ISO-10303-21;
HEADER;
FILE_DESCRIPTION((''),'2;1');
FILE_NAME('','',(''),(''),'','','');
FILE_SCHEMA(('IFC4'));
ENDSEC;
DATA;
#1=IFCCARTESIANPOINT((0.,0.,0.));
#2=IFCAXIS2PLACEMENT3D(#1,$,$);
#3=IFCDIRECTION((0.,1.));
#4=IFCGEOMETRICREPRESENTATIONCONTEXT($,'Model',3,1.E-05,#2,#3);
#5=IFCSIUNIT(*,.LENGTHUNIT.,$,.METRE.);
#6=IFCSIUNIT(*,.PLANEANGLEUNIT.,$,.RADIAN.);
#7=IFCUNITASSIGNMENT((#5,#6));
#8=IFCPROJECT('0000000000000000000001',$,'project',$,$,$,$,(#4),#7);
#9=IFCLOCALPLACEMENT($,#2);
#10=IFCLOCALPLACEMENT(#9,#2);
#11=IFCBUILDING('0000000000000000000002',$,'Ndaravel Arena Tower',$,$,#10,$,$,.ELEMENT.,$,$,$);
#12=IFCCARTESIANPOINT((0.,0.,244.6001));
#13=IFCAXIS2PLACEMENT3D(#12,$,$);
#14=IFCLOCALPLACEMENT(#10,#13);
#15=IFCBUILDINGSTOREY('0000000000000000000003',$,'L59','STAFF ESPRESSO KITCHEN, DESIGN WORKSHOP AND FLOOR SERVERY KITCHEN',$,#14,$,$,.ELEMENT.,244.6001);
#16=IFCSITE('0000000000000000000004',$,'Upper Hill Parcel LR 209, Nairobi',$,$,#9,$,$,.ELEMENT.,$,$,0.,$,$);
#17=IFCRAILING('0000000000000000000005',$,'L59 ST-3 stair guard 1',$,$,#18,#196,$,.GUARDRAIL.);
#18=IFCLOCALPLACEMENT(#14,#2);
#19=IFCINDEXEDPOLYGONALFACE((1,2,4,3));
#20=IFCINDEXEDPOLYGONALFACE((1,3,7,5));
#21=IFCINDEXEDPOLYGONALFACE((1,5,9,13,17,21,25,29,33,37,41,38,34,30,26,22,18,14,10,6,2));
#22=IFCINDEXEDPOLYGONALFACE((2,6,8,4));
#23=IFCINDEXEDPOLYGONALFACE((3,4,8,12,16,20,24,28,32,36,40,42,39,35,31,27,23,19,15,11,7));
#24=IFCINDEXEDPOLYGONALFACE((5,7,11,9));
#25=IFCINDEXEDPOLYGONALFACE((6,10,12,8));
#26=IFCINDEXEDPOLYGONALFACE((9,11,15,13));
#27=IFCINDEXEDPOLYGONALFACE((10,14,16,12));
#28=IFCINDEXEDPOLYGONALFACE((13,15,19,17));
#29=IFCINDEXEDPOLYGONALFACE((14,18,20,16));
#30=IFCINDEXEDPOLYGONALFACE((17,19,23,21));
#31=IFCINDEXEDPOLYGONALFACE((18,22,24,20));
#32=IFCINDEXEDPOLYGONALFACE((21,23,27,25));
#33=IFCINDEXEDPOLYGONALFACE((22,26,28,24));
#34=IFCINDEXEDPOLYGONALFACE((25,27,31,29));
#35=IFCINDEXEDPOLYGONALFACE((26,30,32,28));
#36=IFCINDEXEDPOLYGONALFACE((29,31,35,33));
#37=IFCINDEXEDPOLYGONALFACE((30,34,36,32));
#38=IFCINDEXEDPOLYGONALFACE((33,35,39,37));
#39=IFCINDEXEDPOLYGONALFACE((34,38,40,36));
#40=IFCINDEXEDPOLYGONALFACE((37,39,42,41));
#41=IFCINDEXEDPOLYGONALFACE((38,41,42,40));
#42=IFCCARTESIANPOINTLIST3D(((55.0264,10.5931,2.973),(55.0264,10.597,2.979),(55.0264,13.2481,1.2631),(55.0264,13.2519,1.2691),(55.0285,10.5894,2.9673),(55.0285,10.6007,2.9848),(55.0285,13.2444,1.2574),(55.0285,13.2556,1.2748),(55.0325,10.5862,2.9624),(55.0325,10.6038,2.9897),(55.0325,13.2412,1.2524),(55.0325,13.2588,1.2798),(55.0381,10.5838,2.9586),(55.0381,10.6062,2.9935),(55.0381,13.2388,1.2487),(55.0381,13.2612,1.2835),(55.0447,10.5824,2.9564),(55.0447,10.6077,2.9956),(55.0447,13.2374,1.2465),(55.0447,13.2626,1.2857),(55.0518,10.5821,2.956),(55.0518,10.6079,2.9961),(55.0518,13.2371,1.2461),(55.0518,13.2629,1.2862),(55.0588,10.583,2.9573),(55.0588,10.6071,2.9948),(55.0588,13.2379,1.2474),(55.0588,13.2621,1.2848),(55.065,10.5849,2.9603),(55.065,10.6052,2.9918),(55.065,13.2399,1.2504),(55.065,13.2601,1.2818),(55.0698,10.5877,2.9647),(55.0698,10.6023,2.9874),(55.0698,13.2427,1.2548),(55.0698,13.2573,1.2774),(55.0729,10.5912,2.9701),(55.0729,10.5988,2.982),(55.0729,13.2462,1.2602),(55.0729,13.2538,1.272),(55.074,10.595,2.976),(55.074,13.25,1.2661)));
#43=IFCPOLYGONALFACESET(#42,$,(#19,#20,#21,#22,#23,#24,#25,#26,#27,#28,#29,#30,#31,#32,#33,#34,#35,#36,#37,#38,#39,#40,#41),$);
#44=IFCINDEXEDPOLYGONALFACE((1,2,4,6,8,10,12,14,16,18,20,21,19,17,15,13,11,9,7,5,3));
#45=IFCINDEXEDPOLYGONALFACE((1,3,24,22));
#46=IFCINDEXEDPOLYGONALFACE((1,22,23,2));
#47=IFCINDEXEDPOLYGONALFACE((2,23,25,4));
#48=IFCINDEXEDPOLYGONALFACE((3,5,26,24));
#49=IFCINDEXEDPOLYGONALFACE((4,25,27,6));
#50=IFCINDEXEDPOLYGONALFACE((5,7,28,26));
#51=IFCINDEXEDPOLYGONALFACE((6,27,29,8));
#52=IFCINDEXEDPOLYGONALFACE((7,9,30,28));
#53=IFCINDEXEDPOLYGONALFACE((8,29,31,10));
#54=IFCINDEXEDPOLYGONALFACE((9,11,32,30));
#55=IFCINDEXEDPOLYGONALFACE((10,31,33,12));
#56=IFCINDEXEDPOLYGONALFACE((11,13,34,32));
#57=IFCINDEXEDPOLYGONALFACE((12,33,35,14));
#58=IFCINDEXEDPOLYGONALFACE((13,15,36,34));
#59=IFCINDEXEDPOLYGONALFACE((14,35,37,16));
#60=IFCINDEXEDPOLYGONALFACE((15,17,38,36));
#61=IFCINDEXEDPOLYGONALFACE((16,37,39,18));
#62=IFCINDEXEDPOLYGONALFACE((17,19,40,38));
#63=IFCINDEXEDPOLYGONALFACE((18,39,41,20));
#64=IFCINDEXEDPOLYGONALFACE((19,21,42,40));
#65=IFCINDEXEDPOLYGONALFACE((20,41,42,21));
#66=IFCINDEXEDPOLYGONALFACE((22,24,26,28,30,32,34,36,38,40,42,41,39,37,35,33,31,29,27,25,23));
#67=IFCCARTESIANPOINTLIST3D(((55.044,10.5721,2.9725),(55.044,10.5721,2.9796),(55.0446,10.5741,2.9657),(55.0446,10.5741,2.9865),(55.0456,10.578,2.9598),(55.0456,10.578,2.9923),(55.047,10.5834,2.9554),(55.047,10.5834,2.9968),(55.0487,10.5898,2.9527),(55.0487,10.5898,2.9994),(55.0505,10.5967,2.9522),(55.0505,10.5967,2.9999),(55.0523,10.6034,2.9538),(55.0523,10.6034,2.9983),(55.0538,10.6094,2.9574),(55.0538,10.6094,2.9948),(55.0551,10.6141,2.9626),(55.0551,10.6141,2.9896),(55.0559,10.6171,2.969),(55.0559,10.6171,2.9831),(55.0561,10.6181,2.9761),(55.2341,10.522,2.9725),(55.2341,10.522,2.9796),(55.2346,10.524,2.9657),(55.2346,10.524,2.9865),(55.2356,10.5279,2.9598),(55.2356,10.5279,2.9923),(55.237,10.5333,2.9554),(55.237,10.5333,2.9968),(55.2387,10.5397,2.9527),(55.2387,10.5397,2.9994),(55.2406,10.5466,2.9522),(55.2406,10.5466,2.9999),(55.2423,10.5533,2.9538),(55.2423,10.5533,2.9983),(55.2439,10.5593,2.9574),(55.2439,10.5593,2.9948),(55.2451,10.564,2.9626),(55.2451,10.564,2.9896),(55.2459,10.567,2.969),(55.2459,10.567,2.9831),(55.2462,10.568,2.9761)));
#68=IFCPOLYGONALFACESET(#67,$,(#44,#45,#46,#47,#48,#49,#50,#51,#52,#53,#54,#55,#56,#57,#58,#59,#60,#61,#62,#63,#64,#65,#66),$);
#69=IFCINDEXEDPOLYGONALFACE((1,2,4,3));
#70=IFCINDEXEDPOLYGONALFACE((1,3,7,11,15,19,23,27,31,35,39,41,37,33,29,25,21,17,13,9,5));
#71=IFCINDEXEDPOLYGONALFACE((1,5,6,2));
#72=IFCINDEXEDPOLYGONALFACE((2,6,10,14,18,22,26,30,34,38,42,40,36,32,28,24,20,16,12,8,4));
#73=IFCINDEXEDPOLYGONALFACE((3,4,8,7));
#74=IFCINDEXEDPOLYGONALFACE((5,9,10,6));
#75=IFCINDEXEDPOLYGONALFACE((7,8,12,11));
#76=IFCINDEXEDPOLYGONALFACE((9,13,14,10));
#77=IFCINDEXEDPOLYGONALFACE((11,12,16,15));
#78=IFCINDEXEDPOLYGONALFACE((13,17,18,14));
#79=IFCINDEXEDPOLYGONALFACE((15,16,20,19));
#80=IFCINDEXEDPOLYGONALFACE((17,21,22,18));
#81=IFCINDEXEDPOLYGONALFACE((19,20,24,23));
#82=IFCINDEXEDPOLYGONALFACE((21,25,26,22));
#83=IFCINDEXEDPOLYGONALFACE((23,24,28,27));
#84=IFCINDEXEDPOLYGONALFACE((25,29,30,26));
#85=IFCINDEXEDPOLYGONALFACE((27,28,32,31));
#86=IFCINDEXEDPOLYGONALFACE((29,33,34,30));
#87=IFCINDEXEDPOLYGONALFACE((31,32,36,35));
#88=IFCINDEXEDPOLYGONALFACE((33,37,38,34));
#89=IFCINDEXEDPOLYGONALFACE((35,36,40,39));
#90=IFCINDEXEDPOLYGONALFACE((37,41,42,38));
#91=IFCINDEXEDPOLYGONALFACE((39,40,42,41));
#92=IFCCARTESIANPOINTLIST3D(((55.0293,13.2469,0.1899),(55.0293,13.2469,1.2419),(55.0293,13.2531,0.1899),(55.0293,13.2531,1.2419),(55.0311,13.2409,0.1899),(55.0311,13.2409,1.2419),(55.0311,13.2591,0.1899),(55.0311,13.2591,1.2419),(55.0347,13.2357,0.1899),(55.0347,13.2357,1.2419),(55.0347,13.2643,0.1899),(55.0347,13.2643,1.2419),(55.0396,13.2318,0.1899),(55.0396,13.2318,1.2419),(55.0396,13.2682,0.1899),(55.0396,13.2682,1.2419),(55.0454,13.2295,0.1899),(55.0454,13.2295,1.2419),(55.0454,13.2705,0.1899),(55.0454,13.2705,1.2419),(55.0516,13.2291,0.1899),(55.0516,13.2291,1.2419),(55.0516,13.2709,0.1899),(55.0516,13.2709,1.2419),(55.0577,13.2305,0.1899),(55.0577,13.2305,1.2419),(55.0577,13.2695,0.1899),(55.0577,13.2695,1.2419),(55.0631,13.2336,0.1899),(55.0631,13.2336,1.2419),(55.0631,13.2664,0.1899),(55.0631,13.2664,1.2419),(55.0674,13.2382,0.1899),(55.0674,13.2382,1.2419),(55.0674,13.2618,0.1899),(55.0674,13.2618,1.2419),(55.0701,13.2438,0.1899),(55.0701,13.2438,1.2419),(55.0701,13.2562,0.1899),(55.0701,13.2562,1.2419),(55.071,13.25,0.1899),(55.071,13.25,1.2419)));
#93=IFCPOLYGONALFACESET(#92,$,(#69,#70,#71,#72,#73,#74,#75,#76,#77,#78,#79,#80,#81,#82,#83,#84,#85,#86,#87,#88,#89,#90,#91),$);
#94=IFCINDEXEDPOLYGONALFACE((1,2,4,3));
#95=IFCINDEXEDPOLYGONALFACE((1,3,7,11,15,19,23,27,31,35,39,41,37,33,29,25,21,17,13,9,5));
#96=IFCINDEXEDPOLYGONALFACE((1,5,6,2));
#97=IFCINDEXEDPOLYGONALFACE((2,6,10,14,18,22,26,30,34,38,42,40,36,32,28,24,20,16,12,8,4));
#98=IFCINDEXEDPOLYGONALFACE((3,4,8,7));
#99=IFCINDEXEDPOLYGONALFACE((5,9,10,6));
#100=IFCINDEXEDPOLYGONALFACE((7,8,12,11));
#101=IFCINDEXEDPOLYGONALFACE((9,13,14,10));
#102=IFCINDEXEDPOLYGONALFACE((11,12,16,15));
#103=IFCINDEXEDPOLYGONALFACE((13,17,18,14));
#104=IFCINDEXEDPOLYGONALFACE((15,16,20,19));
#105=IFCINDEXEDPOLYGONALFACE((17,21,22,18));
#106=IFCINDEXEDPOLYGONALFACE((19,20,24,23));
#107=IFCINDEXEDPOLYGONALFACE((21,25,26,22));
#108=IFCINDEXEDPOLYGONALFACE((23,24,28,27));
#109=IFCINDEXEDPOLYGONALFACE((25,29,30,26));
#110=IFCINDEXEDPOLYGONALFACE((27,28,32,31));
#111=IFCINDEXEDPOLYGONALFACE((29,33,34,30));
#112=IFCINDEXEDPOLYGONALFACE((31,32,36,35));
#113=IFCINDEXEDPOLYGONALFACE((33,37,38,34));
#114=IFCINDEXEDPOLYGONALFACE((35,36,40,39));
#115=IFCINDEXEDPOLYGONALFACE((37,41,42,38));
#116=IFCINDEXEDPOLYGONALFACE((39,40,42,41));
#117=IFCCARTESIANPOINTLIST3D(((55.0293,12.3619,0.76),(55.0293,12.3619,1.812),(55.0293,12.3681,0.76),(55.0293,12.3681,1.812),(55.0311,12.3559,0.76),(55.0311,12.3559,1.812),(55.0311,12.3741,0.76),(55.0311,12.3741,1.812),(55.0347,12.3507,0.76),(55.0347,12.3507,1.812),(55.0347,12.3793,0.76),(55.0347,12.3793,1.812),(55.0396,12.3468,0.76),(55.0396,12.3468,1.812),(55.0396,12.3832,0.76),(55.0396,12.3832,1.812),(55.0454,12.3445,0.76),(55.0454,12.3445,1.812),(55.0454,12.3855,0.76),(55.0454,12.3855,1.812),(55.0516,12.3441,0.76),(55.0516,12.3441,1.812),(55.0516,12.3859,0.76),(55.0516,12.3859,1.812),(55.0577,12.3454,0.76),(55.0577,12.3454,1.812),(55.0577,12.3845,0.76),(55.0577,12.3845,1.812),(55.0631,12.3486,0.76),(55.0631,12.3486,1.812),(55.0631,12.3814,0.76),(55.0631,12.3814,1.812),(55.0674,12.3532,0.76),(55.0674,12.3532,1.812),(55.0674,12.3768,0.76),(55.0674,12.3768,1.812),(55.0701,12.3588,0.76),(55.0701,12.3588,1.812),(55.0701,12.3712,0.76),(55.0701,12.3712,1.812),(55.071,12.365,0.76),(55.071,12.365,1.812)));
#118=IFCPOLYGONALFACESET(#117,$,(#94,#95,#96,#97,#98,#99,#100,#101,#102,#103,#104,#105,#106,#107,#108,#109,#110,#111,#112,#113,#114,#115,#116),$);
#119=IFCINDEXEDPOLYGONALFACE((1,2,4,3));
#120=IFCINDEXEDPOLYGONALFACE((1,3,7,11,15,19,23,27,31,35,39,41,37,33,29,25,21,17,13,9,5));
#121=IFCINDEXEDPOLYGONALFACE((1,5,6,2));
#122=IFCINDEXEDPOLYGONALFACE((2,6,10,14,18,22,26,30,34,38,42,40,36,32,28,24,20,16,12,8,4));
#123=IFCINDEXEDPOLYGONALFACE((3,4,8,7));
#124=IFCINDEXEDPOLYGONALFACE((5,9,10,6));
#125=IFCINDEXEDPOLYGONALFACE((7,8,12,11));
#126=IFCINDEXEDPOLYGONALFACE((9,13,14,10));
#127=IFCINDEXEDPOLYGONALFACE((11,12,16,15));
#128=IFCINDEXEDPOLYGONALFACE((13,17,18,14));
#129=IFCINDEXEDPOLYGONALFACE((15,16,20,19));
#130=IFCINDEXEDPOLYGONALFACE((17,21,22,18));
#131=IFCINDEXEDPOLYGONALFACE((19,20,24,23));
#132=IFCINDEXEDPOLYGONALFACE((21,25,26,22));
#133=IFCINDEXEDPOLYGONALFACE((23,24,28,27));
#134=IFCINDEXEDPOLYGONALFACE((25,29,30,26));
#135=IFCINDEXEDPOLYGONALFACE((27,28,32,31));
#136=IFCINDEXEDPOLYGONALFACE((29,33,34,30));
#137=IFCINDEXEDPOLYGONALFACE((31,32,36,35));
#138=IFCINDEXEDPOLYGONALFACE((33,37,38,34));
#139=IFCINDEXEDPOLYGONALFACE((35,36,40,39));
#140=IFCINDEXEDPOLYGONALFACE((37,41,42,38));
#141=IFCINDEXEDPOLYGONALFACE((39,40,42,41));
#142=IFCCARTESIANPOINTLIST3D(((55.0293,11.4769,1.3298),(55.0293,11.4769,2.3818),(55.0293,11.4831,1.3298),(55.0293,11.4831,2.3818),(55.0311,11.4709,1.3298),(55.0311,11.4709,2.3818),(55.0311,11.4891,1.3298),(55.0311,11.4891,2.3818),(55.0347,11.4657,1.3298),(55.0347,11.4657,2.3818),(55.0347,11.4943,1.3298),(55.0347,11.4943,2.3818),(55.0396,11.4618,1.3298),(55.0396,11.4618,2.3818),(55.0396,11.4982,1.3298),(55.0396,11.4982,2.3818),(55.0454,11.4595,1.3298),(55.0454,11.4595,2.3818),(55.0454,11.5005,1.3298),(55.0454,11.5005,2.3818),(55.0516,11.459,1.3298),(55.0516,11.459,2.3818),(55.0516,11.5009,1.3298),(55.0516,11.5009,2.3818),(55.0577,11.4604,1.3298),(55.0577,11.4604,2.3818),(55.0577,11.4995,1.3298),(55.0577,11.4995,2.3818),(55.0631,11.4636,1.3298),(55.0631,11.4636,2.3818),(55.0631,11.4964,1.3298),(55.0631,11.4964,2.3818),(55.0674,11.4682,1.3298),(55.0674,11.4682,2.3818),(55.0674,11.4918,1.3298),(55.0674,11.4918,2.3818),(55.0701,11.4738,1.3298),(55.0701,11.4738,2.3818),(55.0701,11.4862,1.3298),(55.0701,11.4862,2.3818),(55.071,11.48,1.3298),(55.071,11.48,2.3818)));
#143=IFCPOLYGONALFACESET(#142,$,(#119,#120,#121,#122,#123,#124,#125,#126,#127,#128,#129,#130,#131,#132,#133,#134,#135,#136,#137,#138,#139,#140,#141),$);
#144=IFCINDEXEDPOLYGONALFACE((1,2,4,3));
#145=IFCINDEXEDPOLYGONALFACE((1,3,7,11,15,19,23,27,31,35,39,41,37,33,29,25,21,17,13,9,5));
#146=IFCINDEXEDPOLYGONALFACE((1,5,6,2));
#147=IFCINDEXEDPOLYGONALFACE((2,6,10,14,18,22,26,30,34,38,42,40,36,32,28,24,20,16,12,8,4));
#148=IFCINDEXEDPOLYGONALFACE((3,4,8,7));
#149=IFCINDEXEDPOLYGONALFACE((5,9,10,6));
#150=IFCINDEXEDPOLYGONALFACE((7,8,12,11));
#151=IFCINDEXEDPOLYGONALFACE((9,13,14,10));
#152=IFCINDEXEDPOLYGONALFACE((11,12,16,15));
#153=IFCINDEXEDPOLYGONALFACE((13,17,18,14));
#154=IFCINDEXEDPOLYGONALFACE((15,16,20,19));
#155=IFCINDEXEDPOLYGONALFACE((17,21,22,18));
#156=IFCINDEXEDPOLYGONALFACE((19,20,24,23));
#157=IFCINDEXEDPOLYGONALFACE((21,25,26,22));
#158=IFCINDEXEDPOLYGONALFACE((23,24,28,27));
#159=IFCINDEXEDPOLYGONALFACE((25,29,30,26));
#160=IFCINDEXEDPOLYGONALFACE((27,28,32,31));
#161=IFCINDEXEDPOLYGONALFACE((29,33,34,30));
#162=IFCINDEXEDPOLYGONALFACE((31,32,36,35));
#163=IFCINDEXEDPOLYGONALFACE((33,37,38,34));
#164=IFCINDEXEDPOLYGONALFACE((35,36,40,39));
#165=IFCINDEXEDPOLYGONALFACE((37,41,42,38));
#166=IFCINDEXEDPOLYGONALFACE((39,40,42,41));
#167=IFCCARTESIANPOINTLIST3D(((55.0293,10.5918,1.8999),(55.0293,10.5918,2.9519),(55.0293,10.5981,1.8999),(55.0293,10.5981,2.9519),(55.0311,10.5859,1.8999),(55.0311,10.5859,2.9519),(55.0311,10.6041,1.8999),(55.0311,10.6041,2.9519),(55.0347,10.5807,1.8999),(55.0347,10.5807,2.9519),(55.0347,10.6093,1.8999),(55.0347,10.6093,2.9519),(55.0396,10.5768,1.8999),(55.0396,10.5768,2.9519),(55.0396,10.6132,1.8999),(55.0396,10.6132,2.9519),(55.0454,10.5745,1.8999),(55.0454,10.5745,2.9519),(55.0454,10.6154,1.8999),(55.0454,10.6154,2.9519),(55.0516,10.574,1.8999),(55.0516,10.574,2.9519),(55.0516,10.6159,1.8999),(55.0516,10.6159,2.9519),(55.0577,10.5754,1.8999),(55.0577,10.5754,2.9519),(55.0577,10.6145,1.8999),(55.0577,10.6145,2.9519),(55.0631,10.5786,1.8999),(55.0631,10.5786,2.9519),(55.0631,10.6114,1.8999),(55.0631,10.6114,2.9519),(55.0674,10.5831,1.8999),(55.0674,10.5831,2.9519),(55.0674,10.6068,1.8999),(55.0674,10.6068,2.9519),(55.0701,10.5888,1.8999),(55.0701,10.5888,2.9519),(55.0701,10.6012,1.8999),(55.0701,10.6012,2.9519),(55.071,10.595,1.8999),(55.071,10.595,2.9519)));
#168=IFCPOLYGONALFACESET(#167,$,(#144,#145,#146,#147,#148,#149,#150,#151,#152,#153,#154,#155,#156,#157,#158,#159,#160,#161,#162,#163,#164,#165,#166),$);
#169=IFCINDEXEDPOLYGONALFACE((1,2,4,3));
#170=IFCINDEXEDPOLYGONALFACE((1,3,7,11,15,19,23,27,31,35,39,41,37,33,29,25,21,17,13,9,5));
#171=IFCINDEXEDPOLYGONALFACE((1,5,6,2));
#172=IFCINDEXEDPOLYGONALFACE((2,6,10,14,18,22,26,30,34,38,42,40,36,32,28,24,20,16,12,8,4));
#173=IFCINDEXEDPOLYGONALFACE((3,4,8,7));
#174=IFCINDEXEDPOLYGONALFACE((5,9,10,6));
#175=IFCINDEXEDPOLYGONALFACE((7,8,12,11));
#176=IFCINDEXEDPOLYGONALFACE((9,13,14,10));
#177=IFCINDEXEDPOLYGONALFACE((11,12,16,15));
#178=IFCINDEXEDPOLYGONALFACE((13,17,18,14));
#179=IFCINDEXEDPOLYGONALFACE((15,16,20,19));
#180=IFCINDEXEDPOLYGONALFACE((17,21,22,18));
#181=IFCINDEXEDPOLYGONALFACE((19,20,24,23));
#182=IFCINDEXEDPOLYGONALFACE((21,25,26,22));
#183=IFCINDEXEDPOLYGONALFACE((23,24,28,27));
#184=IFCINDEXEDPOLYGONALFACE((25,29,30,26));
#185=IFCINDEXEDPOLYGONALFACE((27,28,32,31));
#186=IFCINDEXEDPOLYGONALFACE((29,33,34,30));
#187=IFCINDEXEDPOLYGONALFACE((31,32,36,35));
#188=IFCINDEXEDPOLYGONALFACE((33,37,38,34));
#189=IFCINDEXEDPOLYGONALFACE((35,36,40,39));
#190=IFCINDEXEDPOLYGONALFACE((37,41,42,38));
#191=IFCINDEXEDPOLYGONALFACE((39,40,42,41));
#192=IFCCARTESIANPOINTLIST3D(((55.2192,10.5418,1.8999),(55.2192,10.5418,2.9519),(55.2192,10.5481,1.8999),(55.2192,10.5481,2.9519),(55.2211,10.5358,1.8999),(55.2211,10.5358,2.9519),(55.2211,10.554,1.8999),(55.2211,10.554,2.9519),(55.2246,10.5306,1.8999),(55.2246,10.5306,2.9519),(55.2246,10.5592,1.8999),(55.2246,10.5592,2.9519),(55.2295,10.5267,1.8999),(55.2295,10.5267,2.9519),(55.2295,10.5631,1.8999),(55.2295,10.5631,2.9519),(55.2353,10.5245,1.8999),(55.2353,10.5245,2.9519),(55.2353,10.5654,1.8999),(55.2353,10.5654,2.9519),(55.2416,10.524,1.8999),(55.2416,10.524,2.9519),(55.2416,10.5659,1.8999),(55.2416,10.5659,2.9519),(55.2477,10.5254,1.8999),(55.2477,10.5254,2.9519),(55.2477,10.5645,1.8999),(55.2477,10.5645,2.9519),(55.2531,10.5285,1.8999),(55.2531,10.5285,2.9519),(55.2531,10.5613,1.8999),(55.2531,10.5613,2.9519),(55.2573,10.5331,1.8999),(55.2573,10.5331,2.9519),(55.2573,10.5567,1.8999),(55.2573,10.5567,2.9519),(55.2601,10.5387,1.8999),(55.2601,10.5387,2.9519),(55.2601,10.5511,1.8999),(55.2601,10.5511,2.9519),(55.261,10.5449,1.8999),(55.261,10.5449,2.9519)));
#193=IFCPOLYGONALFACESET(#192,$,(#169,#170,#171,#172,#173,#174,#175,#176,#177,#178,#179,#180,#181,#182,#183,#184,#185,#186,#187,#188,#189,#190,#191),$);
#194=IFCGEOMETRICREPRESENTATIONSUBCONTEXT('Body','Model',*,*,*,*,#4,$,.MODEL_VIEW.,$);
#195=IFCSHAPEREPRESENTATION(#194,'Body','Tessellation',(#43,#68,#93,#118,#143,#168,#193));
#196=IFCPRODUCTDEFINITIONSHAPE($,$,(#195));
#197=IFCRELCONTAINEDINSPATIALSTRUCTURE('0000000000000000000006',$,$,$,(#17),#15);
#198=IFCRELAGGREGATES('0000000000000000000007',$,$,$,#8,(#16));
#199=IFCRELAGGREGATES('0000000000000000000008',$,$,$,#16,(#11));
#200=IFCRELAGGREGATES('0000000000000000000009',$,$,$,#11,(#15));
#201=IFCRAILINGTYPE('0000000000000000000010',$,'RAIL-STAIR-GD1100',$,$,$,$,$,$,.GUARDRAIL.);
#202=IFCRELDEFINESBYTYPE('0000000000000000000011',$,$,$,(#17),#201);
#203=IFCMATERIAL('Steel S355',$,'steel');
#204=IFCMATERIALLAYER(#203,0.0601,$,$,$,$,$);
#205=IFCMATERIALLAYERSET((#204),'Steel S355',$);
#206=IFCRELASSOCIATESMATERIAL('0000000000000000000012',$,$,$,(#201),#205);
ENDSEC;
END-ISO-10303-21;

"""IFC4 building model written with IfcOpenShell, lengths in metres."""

from ifc_helpers import new_model, si_unit, direction, frame, origin, origin_2d, place, context, subcontext, project, spatial, circle, extrude, material, layer, layer_set, type_object, element, save


model = new_model("IFC4")

# Units and contexts
model_context = context("Model", 3, precision=1e-05, world=origin(), true_north=direction((0.0, 1.0)))
body_context = subcontext(model_context, "Body", "Model", "MODEL_VIEW")
ifc_project = project(units=[si_unit("LENGTHUNIT", "METRE"), si_unit("PLANEANGLEUNIT", "RADIAN")], contexts=[model_context])

# Site, building, storey
site_placement = place(None, origin())
site = spatial("IfcSite", under=ifc_project, at=site_placement, Name="Upper Hill Parcel LR 209, Nairobi", CompositionType="ELEMENT", RefElevation=0.0)
building_placement = place(site_placement, origin())
building = spatial("IfcBuilding", under=site, at=building_placement, Name="Ndaravel Arena Tower", CompositionType="ELEMENT")
storey_placement = place(building_placement, frame((0.0, 0.0, 244.6001)))
storey = spatial("IfcBuildingStorey", under=building, at=storey_placement, Name="L59", Description="STAFF ESPRESSO KITCHEN, DESIGN WORKSHOP AND FLOOR SERVERY KITCHEN", CompositionType="ELEMENT", Elevation=244.6001)

# Railing
ifc_material_1 = material(Name="Steel S355", Category="steel")
ifc_layer_1 = layer(ifc_material_1, 0.0601)
ifc_layer_set_1 = layer_set([ifc_layer_1], Name="Steel S355")
railing_type = type_object("IfcRailingType", Name="RAIL-STAIR-GD1100", PredefinedType="GUARDRAIL", material=ifc_layer_set_1)
railing_1_placement = place(storey_placement, frame((55.05, 13.25, 0.1899)))
element("IfcRailing", 1, at=railing_1_placement, inside=storey, type_object=railing_type, Name="L59 ST-3 stair guard 1", PredefinedType="GUARDRAIL", context=body_context, shape_type="SweptSolid", body=[
    extrude(circle(Radius=0.0239, at=origin_2d()), frame((0.0, 0.0, 1.0762), z_axis=(0.0, -0.840724, 0.541465), x_axis=(1.0, 0.0, 0.0)), (0.0, 0.0, 1.0), 3.158),
    extrude(circle(Radius=0.0239, at=origin_2d()), frame((0.0, -2.655, 2.7861), z_axis=(0.966994, -0.254799, 0.0), x_axis=(0.254799, 0.966994, 0.0)), (0.0, 0.0, 1.0), 0.1965),
    extrude(circle(Radius=0.021, at=origin_2d()), origin(), (0.0, 0.0, 1.0), 1.052),
    extrude(circle(Radius=0.021, at=origin_2d()), frame((0.0, -0.885, 0.5701)), (0.0, 0.0, 1.0), 1.052),
    extrude(circle(Radius=0.021, at=origin_2d()), frame((0.0, -1.77, 1.1399)), (0.0, 0.0, 1.0), 1.052),
    extrude(circle(Radius=0.021, at=origin_2d()), frame((0.0, -2.655, 1.71)), (0.0, 0.0, 1.0), 1.052),
    extrude(circle(Radius=0.021, at=origin_2d()), frame((0.1899, -2.7051, 1.71)), (0.0, 0.0, 1.0), 1.052),
])

save(model, "model.ifc")
